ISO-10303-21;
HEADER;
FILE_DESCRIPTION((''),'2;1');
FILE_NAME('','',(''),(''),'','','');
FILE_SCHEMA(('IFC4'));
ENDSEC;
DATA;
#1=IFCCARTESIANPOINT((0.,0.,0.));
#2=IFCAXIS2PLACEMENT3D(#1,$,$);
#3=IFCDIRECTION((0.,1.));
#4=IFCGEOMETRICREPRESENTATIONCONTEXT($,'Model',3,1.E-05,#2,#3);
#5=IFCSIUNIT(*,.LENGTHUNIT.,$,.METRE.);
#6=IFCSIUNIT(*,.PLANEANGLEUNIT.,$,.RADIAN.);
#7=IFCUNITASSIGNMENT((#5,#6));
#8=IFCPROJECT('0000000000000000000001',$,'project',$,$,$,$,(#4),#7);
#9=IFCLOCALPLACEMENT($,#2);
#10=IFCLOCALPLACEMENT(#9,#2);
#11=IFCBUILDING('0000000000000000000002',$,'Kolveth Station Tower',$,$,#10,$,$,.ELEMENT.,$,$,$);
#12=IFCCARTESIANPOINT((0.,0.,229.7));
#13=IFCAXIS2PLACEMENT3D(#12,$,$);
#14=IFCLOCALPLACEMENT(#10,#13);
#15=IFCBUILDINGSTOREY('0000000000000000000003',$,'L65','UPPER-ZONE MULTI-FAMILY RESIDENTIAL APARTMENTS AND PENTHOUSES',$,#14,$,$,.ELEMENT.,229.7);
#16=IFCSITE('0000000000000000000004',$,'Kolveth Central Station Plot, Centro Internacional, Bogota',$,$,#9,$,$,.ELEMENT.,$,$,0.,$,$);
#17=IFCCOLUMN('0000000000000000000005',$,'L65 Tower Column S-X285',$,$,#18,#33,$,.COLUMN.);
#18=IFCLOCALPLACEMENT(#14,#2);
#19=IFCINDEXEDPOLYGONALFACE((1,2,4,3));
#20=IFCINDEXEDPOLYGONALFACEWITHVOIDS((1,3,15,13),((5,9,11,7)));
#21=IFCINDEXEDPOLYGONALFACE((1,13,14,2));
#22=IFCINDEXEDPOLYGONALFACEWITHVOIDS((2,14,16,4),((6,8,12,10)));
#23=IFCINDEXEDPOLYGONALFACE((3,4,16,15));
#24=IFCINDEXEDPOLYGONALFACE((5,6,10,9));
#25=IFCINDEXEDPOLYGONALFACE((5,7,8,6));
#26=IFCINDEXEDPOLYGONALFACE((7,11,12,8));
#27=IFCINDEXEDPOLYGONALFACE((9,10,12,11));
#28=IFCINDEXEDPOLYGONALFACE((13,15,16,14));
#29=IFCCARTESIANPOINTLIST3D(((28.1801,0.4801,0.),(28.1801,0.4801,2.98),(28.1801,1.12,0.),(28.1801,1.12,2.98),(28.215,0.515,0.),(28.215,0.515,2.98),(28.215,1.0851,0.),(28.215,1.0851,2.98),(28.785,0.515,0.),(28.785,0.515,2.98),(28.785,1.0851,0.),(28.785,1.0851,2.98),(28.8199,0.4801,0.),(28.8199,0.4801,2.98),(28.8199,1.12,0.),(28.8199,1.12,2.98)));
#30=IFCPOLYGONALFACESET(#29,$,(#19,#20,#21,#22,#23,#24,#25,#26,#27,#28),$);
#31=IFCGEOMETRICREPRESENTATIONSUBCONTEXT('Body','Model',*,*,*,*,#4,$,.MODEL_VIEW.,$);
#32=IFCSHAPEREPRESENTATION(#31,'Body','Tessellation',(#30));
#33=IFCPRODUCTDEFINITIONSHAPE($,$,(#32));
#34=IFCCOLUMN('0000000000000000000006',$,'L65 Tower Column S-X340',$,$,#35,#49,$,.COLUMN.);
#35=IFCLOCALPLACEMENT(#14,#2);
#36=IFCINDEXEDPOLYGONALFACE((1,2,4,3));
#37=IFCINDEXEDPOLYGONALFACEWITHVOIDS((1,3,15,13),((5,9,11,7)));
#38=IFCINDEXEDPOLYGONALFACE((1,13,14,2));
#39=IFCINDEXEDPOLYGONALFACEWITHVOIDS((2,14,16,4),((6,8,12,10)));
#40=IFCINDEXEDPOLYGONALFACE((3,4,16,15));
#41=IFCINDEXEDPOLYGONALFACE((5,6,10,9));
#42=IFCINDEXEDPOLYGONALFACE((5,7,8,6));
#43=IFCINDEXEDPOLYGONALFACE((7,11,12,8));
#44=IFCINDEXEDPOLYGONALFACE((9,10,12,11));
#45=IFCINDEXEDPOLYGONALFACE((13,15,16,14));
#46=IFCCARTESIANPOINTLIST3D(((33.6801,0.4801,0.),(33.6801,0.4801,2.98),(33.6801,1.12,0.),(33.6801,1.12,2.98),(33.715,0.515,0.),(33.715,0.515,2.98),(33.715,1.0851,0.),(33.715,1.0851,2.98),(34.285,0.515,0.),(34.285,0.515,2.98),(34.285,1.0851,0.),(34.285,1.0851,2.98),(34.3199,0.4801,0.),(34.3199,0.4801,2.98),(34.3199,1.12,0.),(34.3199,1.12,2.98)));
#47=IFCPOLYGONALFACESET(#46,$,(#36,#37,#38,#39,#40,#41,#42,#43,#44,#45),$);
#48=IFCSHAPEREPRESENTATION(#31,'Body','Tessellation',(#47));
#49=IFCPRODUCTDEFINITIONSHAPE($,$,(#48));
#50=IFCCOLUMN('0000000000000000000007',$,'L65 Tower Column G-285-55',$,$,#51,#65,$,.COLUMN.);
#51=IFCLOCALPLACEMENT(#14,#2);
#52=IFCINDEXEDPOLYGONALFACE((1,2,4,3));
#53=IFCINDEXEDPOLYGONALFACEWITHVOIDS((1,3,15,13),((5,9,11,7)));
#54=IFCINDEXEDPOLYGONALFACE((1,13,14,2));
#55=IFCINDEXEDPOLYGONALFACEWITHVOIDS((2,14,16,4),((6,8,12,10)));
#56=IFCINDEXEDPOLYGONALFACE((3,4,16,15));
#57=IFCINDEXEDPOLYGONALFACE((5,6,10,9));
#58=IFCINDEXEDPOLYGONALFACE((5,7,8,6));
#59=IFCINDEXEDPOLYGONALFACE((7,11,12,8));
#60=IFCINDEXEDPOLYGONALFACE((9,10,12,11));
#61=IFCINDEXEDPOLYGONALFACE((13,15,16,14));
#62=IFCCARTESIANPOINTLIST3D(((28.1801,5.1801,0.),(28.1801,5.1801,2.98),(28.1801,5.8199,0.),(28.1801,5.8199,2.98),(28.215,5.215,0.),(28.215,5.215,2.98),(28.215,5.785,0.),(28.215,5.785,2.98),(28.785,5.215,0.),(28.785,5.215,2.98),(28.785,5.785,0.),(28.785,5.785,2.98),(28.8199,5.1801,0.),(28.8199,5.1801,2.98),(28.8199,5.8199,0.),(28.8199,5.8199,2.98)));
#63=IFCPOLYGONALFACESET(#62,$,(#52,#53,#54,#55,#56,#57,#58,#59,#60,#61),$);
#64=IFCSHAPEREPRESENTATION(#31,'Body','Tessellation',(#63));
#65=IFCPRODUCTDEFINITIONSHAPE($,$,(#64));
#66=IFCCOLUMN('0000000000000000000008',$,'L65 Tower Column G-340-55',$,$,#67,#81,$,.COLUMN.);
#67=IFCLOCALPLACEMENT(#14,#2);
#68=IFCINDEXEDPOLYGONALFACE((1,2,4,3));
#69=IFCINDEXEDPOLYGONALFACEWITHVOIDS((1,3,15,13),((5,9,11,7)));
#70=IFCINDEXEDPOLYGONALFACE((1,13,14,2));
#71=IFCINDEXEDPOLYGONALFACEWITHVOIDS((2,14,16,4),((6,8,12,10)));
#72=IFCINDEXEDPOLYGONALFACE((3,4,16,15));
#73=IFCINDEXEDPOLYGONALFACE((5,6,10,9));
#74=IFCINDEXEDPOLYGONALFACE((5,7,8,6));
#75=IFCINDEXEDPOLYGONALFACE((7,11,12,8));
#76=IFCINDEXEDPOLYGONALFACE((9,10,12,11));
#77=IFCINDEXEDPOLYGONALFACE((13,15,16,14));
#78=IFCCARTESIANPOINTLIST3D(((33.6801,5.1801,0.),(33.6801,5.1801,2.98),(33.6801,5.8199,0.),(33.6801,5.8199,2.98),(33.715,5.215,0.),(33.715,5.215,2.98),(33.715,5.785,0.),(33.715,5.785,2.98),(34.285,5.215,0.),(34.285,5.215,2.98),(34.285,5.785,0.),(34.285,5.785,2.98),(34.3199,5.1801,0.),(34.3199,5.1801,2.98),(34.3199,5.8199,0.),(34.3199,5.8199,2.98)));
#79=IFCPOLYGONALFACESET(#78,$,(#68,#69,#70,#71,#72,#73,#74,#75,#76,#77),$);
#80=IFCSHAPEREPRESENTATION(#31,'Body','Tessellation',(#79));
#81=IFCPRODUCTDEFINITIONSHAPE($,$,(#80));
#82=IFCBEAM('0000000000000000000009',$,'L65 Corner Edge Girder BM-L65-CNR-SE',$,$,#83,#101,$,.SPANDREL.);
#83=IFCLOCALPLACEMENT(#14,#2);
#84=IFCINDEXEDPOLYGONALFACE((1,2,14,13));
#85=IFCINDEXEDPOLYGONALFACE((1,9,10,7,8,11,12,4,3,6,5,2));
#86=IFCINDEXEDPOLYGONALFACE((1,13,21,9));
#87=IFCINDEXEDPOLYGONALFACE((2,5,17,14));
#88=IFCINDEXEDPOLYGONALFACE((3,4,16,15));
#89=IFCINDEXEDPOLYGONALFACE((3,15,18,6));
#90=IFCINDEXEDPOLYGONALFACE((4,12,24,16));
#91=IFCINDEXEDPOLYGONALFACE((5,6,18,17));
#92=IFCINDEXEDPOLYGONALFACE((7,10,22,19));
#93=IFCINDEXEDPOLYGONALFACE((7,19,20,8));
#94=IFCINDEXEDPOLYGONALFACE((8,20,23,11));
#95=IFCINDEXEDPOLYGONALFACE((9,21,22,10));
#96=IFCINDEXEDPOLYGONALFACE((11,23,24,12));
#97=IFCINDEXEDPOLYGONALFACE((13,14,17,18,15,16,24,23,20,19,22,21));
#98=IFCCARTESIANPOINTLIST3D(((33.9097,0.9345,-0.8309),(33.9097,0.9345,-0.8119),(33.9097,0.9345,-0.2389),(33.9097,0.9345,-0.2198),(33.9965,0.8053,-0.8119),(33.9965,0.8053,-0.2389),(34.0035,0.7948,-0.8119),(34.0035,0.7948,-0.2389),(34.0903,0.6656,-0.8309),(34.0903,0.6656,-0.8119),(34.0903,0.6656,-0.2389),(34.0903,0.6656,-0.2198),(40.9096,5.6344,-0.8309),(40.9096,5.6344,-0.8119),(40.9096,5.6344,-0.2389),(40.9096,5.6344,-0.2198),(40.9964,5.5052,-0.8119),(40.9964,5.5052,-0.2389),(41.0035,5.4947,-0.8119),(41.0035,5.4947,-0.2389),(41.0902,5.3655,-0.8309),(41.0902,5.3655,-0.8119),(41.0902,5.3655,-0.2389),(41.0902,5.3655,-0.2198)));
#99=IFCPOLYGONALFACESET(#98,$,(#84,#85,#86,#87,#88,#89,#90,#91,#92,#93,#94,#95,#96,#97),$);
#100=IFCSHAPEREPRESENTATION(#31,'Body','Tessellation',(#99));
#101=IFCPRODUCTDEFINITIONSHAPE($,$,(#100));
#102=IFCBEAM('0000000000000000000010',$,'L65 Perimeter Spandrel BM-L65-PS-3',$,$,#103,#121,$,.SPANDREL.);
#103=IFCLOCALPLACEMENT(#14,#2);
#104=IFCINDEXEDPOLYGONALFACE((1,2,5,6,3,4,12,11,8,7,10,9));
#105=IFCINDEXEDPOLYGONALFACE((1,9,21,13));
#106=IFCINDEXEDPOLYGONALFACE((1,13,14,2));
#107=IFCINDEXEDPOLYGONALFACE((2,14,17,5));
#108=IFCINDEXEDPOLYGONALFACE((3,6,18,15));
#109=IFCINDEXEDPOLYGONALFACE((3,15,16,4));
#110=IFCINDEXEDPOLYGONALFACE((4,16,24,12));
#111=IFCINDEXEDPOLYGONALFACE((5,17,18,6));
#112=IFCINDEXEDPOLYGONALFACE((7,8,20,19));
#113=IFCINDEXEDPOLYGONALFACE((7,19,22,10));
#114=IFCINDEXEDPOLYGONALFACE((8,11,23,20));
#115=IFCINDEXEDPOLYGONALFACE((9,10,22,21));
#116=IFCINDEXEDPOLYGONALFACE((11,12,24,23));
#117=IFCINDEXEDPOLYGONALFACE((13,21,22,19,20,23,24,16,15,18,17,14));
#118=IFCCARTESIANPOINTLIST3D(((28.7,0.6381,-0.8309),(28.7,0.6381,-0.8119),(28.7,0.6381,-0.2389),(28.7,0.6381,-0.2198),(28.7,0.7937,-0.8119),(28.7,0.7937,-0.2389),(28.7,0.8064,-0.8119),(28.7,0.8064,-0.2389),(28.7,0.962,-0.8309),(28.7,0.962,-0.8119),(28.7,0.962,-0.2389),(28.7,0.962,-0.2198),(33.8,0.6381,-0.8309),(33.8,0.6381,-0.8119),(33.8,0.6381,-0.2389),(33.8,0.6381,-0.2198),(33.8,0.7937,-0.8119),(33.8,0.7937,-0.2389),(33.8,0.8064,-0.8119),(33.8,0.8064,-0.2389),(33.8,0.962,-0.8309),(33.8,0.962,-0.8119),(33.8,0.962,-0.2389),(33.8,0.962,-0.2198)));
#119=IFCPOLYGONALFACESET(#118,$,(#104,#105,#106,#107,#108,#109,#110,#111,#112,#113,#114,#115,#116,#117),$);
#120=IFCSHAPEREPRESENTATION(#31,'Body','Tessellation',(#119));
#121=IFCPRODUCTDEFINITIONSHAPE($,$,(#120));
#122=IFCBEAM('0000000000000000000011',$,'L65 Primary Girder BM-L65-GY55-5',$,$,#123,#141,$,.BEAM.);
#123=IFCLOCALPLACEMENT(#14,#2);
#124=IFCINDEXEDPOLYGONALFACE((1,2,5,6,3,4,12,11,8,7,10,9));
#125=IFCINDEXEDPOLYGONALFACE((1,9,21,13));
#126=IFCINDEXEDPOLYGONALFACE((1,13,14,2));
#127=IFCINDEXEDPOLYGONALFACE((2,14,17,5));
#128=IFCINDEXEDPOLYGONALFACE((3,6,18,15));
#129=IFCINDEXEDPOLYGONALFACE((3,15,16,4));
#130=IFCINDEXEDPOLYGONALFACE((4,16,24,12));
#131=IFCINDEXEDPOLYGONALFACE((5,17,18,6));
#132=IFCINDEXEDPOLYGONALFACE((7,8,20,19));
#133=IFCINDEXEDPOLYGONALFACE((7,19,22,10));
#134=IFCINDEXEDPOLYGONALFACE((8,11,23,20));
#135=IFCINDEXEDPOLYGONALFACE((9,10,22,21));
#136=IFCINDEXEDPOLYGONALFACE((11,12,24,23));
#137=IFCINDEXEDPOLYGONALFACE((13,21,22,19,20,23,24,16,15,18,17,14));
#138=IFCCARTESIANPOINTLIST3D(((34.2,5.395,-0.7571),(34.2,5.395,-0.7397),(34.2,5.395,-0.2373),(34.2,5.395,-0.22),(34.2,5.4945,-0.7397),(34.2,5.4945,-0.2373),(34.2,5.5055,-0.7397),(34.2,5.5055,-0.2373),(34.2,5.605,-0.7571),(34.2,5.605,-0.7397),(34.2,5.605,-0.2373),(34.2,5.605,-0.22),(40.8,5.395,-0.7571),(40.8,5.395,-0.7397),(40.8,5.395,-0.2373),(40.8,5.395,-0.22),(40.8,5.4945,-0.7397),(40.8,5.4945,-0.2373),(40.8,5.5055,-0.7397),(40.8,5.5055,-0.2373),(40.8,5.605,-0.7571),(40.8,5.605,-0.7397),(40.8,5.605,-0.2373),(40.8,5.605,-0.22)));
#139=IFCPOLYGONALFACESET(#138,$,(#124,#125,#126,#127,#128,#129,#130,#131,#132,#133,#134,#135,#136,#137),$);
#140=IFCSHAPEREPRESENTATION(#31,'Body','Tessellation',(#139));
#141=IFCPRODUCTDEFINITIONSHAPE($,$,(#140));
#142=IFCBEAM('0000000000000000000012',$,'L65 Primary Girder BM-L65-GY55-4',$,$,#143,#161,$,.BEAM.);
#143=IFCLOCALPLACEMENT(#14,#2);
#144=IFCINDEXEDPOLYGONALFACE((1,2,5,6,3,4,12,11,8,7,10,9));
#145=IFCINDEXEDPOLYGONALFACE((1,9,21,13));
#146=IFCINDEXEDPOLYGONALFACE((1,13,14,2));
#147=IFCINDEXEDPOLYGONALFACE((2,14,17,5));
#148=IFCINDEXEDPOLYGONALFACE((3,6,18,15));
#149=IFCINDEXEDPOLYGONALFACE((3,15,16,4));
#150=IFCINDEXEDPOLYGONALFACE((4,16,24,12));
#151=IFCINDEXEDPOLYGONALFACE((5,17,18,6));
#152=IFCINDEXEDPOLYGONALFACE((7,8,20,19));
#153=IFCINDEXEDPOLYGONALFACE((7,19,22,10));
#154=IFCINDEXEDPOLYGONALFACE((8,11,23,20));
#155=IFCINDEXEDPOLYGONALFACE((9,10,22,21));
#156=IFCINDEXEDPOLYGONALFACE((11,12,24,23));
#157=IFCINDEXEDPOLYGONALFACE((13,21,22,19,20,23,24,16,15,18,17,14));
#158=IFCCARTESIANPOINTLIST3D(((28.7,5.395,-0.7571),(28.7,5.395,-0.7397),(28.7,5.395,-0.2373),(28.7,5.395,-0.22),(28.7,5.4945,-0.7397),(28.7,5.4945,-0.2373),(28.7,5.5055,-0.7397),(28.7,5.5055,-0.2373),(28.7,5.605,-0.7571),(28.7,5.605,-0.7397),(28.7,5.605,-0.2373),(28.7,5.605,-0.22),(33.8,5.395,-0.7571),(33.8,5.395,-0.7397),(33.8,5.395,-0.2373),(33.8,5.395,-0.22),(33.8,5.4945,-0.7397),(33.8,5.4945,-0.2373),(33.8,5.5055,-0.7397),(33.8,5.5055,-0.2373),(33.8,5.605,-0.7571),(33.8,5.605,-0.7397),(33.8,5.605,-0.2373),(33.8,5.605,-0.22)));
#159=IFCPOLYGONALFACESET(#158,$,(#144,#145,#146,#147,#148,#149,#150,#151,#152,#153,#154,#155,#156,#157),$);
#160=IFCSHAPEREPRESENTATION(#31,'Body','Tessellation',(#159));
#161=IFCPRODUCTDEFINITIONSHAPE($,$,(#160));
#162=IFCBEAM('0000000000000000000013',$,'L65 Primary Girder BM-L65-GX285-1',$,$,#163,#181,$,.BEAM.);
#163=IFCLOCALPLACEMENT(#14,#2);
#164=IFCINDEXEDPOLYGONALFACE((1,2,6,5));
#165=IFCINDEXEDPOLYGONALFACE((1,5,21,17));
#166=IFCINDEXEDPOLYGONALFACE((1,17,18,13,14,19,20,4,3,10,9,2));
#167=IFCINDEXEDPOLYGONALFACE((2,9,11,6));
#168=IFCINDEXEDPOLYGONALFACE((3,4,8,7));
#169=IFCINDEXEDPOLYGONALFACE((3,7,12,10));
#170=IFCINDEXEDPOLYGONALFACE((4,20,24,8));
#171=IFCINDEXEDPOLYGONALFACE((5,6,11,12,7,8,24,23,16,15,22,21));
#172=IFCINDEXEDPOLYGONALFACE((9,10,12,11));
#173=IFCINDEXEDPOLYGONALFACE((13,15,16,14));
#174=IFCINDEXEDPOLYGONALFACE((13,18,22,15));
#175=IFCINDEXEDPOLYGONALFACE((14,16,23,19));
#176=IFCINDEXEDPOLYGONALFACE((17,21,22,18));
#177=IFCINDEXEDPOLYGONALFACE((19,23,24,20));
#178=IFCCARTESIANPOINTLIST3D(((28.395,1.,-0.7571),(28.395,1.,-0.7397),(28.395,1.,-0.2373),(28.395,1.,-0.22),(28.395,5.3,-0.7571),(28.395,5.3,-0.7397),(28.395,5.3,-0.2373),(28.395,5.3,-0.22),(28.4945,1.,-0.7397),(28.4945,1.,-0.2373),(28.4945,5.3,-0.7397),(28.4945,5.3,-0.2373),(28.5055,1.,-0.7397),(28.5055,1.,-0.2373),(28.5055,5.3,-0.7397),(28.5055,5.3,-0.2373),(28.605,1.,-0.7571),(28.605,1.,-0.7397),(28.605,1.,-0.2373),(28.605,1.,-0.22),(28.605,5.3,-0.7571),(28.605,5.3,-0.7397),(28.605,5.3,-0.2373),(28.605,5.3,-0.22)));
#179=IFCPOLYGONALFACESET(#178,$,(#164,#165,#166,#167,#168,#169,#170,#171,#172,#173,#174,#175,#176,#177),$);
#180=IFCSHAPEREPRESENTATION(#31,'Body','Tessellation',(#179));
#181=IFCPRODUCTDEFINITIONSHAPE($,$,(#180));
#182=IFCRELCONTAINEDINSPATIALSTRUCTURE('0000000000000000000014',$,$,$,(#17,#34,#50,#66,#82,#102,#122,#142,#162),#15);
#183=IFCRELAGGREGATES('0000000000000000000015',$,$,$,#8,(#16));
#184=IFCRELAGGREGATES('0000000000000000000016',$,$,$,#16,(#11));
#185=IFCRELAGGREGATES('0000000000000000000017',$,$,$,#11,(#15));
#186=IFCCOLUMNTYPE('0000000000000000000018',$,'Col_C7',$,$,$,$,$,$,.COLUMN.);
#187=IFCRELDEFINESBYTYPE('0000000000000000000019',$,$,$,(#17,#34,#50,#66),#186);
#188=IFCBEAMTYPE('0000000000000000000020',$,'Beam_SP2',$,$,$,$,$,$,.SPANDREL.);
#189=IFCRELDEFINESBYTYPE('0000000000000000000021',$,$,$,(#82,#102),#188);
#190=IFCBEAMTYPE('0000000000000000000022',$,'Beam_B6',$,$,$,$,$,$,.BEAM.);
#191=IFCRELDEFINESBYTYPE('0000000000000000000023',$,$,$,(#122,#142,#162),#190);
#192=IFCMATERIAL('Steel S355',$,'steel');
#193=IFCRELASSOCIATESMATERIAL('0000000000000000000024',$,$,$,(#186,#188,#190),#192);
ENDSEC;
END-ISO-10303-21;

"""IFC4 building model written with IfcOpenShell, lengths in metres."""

from ifc_helpers import new_model, si_unit, direction, frame, origin, origin_2d, place, context, subcontext, project, spatial, hollow_rectangle, i_section, extrude, source, transform, mapped, material, material_profile, profile_set, type_object, element, save


model = new_model("IFC4")

# Units and contexts
model_context = context("Model", 3, precision=1e-05, world=origin(), true_north=direction((0.0, 1.0)))
body_context = subcontext(model_context, "Body", "Model", "MODEL_VIEW")
ifc_project = project(units=[si_unit("LENGTHUNIT", "METRE"), si_unit("PLANEANGLEUNIT", "RADIAN")], contexts=[model_context])

# Site, building, storey
site_placement = place(None, origin())
site = spatial("IfcSite", under=ifc_project, at=site_placement, Name="Kolveth Central Station Plot, Centro Internacional, Bogota", CompositionType="ELEMENT", RefElevation=0.0)
building_placement = place(site_placement, origin())
building = spatial("IfcBuilding", under=site, at=building_placement, Name="Kolveth Station Tower", CompositionType="ELEMENT")
storey_placement = place(building_placement, frame((0.0, 0.0, 229.7)))
storey = spatial("IfcBuildingStorey", under=building, at=storey_placement, Name="L65", Description="UPPER-ZONE MULTI-FAMILY RESIDENTIAL APARTMENTS AND PENTHOUSES", CompositionType="ELEMENT", Elevation=229.7)

# Columns
ifc_material_1 = material(Name="Steel S355", Category="steel")
ifc_material_profile_1 = material_profile(ifc_material_1, hollow_rectangle(XDim=0.6399, YDim=0.6399, WallThickness=0.0349, at=origin_2d()), Name="BOX640x640x35")
ifc_profile_set_1 = profile_set([ifc_material_profile_1], Name="Steel S355")
column_type = type_object("IfcColumnType", Name="Col_C7", PredefinedType="COLUMN", material=ifc_profile_set_1)
shared_shape_1 = source(origin(), body_context, "Body", "SweptSolid", [
    extrude(hollow_rectangle(XDim=0.6399, YDim=0.6399, WallThickness=0.0349, at=origin_2d()), origin(), (0.0, 0.0, 1.0), 2.98),
])
for number, where, z_axis, x_axis, name in (
    (1, (28.5, 0.8, 0.0), (0.0, 0.0, 1.0), (1.0, 0.0, 0.0), "L65 Tower Column S-X285"),
    (2, (34.0, 0.8, 0.0), (0.0, 0.0, 1.0), (1.0, 0.0, 0.0), "L65 Tower Column S-X340"),
    (3, (28.5, 5.5, 0.0), (0.0, 0.0, 1.0), (1.0, 0.0, 0.0), "L65 Tower Column G-285-55"),
    (4, (34.0, 5.5, 0.0), (0.0, 0.0, 1.0), (1.0, 0.0, 0.0), "L65 Tower Column G-340-55"),
):
    element("IfcColumn", number, at=place(storey_placement, frame(where, z_axis=z_axis, x_axis=x_axis)), inside=storey, type_object=column_type, Name=name, PredefinedType="COLUMN", context=body_context, shape_type="MappedRepresentation", body=[
        mapped(shared_shape_1, transform((0.0, 0.0, 0.0), x_axis=(1.0, 0.0, 0.0), y_axis=(0.0, 1.0, 0.0), z_axis=(0.0, 0.0, 1.0), scale=1.0)),
    ])

# Beams
ifc_material_profile_2 = material_profile(ifc_material_1, i_section(OverallWidth=0.324, OverallDepth=0.6111, WebThickness=0.0127, FlangeThickness=0.019, at=origin_2d()), Name="W610x155")
ifc_profile_set_2 = profile_set([ifc_material_profile_2], Name="Steel S355")
beam_type_1 = type_object("IfcBeamType", Name="Beam_SP2", PredefinedType="SPANDREL", material=ifc_profile_set_2)
shared_shape_2 = source(origin(), body_context, "Body", "SweptSolid", [
    extrude(i_section(OverallWidth=0.324, OverallDepth=0.6111, WebThickness=0.0127, FlangeThickness=0.019, at=origin_2d()), origin(), (0.0, 0.0, 1.0), 8.4314),
])
beam_1_placement = place(storey_placement, frame((34.0, 0.8, -0.5254), z_axis=(0.830224, 0.55743, 0.0), x_axis=(-0.55743, 0.830224, 0.0)))
element("IfcBeam", 5, at=beam_1_placement, inside=storey, type_object=beam_type_1, Name="L65 Corner Edge Girder BM-L65-CNR-SE", PredefinedType="SPANDREL", context=body_context, shape_type="MappedRepresentation", body=[
    mapped(shared_shape_2, transform((0.0, 0.0, 0.0), x_axis=(1.0, 0.0, 0.0), y_axis=(0.0, 1.0, 0.0), z_axis=(0.0, 0.0, 1.0), scale=1.0)),
])
shared_shape_3 = source(origin(), body_context, "Body", "SweptSolid", [
    extrude(i_section(OverallWidth=0.324, OverallDepth=0.6111, WebThickness=0.0127, FlangeThickness=0.019, at=origin_2d()), origin(), (0.0, 0.0, 1.0), 5.1001),
])
beam_2_placement = place(storey_placement, frame((28.7, 0.8, -0.5254), z_axis=(1.0, 0.0, 0.0), x_axis=(0.0, 1.0, 0.0)))
element("IfcBeam", 6, at=beam_2_placement, inside=storey, type_object=beam_type_1, Name="L65 Perimeter Spandrel BM-L65-PS-3", PredefinedType="SPANDREL", context=body_context, shape_type="MappedRepresentation", body=[
    mapped(shared_shape_3, transform((0.0, 0.0, 0.0), x_axis=(1.0, 0.0, 0.0), y_axis=(0.0, 1.0, 0.0), z_axis=(0.0, 0.0, 1.0), scale=1.0)),
])
ifc_material_profile_3 = material_profile(ifc_material_1, i_section(OverallWidth=0.21, OverallDepth=0.5371, WebThickness=0.011, FlangeThickness=0.0173, at=origin_2d()), Name="W530x101")
ifc_profile_set_3 = profile_set([ifc_material_profile_3], Name="Steel S355")
beam_type_2 = type_object("IfcBeamType", Name="Beam_B6", PredefinedType="BEAM", material=ifc_profile_set_3)
shared_shape_4 = source(origin(), body_context, "Body", "SweptSolid", [
    extrude(i_section(OverallWidth=0.21, OverallDepth=0.5371, WebThickness=0.011, FlangeThickness=0.0173, at=origin_2d()), origin(), (0.0, 0.0, 1.0), 6.6001),
])
beam_3_placement = place(storey_placement, frame((34.2, 5.5, -0.4885), z_axis=(1.0, 0.0, 0.0), x_axis=(0.0, 1.0, 0.0)))
element("IfcBeam", 7, at=beam_3_placement, inside=storey, type_object=beam_type_2, Name="L65 Primary Girder BM-L65-GY55-5", PredefinedType="BEAM", context=body_context, shape_type="MappedRepresentation", body=[
    mapped(shared_shape_4, transform((0.0, 0.0, 0.0), x_axis=(1.0, 0.0, 0.0), y_axis=(0.0, 1.0, 0.0), z_axis=(0.0, 0.0, 1.0), scale=1.0)),
])
shared_shape_5 = source(origin(), body_context, "Body", "SweptSolid", [
    extrude(i_section(OverallWidth=0.21, OverallDepth=0.5371, WebThickness=0.011, FlangeThickness=0.0173, at=origin_2d()), origin(), (0.0, 0.0, 1.0), 5.1001),
])
beam_4_placement = place(storey_placement, frame((28.7, 5.5, -0.4885), z_axis=(1.0, 0.0, 0.0), x_axis=(0.0, 1.0, 0.0)))
element("IfcBeam", 8, at=beam_4_placement, inside=storey, type_object=beam_type_2, Name="L65 Primary Girder BM-L65-GY55-4", PredefinedType="BEAM", context=body_context, shape_type="MappedRepresentation", body=[
    mapped(shared_shape_5, transform((0.0, 0.0, 0.0), x_axis=(1.0, 0.0, 0.0), y_axis=(0.0, 1.0, 0.0), z_axis=(0.0, 0.0, 1.0), scale=1.0)),
])
shared_shape_6 = source(origin(), body_context, "Body", "SweptSolid", [
    extrude(i_section(OverallWidth=0.21, OverallDepth=0.5371, WebThickness=0.011, FlangeThickness=0.0173, at=origin_2d()), origin(), (0.0, 0.0, 1.0), 4.3),
])
for number, where, z_axis, x_axis, name in (
    (9, (28.5, 1.0, -0.4885), (0.0, 1.0, 0.0), (-1.0, 0.0, 0.0), "L65 Primary Girder BM-L65-GX285-1"),
):
    element("IfcBeam", number, at=place(storey_placement, frame(where, z_axis=z_axis, x_axis=x_axis)), inside=storey, type_object=beam_type_2, Name=name, PredefinedType="BEAM", context=body_context, shape_type="MappedRepresentation", body=[
        mapped(shared_shape_6, transform((0.0, 0.0, 0.0), x_axis=(1.0, 0.0, 0.0), y_axis=(0.0, 1.0, 0.0), z_axis=(0.0, 0.0, 1.0), scale=1.0)),
    ])

save(model, "model.ifc")
